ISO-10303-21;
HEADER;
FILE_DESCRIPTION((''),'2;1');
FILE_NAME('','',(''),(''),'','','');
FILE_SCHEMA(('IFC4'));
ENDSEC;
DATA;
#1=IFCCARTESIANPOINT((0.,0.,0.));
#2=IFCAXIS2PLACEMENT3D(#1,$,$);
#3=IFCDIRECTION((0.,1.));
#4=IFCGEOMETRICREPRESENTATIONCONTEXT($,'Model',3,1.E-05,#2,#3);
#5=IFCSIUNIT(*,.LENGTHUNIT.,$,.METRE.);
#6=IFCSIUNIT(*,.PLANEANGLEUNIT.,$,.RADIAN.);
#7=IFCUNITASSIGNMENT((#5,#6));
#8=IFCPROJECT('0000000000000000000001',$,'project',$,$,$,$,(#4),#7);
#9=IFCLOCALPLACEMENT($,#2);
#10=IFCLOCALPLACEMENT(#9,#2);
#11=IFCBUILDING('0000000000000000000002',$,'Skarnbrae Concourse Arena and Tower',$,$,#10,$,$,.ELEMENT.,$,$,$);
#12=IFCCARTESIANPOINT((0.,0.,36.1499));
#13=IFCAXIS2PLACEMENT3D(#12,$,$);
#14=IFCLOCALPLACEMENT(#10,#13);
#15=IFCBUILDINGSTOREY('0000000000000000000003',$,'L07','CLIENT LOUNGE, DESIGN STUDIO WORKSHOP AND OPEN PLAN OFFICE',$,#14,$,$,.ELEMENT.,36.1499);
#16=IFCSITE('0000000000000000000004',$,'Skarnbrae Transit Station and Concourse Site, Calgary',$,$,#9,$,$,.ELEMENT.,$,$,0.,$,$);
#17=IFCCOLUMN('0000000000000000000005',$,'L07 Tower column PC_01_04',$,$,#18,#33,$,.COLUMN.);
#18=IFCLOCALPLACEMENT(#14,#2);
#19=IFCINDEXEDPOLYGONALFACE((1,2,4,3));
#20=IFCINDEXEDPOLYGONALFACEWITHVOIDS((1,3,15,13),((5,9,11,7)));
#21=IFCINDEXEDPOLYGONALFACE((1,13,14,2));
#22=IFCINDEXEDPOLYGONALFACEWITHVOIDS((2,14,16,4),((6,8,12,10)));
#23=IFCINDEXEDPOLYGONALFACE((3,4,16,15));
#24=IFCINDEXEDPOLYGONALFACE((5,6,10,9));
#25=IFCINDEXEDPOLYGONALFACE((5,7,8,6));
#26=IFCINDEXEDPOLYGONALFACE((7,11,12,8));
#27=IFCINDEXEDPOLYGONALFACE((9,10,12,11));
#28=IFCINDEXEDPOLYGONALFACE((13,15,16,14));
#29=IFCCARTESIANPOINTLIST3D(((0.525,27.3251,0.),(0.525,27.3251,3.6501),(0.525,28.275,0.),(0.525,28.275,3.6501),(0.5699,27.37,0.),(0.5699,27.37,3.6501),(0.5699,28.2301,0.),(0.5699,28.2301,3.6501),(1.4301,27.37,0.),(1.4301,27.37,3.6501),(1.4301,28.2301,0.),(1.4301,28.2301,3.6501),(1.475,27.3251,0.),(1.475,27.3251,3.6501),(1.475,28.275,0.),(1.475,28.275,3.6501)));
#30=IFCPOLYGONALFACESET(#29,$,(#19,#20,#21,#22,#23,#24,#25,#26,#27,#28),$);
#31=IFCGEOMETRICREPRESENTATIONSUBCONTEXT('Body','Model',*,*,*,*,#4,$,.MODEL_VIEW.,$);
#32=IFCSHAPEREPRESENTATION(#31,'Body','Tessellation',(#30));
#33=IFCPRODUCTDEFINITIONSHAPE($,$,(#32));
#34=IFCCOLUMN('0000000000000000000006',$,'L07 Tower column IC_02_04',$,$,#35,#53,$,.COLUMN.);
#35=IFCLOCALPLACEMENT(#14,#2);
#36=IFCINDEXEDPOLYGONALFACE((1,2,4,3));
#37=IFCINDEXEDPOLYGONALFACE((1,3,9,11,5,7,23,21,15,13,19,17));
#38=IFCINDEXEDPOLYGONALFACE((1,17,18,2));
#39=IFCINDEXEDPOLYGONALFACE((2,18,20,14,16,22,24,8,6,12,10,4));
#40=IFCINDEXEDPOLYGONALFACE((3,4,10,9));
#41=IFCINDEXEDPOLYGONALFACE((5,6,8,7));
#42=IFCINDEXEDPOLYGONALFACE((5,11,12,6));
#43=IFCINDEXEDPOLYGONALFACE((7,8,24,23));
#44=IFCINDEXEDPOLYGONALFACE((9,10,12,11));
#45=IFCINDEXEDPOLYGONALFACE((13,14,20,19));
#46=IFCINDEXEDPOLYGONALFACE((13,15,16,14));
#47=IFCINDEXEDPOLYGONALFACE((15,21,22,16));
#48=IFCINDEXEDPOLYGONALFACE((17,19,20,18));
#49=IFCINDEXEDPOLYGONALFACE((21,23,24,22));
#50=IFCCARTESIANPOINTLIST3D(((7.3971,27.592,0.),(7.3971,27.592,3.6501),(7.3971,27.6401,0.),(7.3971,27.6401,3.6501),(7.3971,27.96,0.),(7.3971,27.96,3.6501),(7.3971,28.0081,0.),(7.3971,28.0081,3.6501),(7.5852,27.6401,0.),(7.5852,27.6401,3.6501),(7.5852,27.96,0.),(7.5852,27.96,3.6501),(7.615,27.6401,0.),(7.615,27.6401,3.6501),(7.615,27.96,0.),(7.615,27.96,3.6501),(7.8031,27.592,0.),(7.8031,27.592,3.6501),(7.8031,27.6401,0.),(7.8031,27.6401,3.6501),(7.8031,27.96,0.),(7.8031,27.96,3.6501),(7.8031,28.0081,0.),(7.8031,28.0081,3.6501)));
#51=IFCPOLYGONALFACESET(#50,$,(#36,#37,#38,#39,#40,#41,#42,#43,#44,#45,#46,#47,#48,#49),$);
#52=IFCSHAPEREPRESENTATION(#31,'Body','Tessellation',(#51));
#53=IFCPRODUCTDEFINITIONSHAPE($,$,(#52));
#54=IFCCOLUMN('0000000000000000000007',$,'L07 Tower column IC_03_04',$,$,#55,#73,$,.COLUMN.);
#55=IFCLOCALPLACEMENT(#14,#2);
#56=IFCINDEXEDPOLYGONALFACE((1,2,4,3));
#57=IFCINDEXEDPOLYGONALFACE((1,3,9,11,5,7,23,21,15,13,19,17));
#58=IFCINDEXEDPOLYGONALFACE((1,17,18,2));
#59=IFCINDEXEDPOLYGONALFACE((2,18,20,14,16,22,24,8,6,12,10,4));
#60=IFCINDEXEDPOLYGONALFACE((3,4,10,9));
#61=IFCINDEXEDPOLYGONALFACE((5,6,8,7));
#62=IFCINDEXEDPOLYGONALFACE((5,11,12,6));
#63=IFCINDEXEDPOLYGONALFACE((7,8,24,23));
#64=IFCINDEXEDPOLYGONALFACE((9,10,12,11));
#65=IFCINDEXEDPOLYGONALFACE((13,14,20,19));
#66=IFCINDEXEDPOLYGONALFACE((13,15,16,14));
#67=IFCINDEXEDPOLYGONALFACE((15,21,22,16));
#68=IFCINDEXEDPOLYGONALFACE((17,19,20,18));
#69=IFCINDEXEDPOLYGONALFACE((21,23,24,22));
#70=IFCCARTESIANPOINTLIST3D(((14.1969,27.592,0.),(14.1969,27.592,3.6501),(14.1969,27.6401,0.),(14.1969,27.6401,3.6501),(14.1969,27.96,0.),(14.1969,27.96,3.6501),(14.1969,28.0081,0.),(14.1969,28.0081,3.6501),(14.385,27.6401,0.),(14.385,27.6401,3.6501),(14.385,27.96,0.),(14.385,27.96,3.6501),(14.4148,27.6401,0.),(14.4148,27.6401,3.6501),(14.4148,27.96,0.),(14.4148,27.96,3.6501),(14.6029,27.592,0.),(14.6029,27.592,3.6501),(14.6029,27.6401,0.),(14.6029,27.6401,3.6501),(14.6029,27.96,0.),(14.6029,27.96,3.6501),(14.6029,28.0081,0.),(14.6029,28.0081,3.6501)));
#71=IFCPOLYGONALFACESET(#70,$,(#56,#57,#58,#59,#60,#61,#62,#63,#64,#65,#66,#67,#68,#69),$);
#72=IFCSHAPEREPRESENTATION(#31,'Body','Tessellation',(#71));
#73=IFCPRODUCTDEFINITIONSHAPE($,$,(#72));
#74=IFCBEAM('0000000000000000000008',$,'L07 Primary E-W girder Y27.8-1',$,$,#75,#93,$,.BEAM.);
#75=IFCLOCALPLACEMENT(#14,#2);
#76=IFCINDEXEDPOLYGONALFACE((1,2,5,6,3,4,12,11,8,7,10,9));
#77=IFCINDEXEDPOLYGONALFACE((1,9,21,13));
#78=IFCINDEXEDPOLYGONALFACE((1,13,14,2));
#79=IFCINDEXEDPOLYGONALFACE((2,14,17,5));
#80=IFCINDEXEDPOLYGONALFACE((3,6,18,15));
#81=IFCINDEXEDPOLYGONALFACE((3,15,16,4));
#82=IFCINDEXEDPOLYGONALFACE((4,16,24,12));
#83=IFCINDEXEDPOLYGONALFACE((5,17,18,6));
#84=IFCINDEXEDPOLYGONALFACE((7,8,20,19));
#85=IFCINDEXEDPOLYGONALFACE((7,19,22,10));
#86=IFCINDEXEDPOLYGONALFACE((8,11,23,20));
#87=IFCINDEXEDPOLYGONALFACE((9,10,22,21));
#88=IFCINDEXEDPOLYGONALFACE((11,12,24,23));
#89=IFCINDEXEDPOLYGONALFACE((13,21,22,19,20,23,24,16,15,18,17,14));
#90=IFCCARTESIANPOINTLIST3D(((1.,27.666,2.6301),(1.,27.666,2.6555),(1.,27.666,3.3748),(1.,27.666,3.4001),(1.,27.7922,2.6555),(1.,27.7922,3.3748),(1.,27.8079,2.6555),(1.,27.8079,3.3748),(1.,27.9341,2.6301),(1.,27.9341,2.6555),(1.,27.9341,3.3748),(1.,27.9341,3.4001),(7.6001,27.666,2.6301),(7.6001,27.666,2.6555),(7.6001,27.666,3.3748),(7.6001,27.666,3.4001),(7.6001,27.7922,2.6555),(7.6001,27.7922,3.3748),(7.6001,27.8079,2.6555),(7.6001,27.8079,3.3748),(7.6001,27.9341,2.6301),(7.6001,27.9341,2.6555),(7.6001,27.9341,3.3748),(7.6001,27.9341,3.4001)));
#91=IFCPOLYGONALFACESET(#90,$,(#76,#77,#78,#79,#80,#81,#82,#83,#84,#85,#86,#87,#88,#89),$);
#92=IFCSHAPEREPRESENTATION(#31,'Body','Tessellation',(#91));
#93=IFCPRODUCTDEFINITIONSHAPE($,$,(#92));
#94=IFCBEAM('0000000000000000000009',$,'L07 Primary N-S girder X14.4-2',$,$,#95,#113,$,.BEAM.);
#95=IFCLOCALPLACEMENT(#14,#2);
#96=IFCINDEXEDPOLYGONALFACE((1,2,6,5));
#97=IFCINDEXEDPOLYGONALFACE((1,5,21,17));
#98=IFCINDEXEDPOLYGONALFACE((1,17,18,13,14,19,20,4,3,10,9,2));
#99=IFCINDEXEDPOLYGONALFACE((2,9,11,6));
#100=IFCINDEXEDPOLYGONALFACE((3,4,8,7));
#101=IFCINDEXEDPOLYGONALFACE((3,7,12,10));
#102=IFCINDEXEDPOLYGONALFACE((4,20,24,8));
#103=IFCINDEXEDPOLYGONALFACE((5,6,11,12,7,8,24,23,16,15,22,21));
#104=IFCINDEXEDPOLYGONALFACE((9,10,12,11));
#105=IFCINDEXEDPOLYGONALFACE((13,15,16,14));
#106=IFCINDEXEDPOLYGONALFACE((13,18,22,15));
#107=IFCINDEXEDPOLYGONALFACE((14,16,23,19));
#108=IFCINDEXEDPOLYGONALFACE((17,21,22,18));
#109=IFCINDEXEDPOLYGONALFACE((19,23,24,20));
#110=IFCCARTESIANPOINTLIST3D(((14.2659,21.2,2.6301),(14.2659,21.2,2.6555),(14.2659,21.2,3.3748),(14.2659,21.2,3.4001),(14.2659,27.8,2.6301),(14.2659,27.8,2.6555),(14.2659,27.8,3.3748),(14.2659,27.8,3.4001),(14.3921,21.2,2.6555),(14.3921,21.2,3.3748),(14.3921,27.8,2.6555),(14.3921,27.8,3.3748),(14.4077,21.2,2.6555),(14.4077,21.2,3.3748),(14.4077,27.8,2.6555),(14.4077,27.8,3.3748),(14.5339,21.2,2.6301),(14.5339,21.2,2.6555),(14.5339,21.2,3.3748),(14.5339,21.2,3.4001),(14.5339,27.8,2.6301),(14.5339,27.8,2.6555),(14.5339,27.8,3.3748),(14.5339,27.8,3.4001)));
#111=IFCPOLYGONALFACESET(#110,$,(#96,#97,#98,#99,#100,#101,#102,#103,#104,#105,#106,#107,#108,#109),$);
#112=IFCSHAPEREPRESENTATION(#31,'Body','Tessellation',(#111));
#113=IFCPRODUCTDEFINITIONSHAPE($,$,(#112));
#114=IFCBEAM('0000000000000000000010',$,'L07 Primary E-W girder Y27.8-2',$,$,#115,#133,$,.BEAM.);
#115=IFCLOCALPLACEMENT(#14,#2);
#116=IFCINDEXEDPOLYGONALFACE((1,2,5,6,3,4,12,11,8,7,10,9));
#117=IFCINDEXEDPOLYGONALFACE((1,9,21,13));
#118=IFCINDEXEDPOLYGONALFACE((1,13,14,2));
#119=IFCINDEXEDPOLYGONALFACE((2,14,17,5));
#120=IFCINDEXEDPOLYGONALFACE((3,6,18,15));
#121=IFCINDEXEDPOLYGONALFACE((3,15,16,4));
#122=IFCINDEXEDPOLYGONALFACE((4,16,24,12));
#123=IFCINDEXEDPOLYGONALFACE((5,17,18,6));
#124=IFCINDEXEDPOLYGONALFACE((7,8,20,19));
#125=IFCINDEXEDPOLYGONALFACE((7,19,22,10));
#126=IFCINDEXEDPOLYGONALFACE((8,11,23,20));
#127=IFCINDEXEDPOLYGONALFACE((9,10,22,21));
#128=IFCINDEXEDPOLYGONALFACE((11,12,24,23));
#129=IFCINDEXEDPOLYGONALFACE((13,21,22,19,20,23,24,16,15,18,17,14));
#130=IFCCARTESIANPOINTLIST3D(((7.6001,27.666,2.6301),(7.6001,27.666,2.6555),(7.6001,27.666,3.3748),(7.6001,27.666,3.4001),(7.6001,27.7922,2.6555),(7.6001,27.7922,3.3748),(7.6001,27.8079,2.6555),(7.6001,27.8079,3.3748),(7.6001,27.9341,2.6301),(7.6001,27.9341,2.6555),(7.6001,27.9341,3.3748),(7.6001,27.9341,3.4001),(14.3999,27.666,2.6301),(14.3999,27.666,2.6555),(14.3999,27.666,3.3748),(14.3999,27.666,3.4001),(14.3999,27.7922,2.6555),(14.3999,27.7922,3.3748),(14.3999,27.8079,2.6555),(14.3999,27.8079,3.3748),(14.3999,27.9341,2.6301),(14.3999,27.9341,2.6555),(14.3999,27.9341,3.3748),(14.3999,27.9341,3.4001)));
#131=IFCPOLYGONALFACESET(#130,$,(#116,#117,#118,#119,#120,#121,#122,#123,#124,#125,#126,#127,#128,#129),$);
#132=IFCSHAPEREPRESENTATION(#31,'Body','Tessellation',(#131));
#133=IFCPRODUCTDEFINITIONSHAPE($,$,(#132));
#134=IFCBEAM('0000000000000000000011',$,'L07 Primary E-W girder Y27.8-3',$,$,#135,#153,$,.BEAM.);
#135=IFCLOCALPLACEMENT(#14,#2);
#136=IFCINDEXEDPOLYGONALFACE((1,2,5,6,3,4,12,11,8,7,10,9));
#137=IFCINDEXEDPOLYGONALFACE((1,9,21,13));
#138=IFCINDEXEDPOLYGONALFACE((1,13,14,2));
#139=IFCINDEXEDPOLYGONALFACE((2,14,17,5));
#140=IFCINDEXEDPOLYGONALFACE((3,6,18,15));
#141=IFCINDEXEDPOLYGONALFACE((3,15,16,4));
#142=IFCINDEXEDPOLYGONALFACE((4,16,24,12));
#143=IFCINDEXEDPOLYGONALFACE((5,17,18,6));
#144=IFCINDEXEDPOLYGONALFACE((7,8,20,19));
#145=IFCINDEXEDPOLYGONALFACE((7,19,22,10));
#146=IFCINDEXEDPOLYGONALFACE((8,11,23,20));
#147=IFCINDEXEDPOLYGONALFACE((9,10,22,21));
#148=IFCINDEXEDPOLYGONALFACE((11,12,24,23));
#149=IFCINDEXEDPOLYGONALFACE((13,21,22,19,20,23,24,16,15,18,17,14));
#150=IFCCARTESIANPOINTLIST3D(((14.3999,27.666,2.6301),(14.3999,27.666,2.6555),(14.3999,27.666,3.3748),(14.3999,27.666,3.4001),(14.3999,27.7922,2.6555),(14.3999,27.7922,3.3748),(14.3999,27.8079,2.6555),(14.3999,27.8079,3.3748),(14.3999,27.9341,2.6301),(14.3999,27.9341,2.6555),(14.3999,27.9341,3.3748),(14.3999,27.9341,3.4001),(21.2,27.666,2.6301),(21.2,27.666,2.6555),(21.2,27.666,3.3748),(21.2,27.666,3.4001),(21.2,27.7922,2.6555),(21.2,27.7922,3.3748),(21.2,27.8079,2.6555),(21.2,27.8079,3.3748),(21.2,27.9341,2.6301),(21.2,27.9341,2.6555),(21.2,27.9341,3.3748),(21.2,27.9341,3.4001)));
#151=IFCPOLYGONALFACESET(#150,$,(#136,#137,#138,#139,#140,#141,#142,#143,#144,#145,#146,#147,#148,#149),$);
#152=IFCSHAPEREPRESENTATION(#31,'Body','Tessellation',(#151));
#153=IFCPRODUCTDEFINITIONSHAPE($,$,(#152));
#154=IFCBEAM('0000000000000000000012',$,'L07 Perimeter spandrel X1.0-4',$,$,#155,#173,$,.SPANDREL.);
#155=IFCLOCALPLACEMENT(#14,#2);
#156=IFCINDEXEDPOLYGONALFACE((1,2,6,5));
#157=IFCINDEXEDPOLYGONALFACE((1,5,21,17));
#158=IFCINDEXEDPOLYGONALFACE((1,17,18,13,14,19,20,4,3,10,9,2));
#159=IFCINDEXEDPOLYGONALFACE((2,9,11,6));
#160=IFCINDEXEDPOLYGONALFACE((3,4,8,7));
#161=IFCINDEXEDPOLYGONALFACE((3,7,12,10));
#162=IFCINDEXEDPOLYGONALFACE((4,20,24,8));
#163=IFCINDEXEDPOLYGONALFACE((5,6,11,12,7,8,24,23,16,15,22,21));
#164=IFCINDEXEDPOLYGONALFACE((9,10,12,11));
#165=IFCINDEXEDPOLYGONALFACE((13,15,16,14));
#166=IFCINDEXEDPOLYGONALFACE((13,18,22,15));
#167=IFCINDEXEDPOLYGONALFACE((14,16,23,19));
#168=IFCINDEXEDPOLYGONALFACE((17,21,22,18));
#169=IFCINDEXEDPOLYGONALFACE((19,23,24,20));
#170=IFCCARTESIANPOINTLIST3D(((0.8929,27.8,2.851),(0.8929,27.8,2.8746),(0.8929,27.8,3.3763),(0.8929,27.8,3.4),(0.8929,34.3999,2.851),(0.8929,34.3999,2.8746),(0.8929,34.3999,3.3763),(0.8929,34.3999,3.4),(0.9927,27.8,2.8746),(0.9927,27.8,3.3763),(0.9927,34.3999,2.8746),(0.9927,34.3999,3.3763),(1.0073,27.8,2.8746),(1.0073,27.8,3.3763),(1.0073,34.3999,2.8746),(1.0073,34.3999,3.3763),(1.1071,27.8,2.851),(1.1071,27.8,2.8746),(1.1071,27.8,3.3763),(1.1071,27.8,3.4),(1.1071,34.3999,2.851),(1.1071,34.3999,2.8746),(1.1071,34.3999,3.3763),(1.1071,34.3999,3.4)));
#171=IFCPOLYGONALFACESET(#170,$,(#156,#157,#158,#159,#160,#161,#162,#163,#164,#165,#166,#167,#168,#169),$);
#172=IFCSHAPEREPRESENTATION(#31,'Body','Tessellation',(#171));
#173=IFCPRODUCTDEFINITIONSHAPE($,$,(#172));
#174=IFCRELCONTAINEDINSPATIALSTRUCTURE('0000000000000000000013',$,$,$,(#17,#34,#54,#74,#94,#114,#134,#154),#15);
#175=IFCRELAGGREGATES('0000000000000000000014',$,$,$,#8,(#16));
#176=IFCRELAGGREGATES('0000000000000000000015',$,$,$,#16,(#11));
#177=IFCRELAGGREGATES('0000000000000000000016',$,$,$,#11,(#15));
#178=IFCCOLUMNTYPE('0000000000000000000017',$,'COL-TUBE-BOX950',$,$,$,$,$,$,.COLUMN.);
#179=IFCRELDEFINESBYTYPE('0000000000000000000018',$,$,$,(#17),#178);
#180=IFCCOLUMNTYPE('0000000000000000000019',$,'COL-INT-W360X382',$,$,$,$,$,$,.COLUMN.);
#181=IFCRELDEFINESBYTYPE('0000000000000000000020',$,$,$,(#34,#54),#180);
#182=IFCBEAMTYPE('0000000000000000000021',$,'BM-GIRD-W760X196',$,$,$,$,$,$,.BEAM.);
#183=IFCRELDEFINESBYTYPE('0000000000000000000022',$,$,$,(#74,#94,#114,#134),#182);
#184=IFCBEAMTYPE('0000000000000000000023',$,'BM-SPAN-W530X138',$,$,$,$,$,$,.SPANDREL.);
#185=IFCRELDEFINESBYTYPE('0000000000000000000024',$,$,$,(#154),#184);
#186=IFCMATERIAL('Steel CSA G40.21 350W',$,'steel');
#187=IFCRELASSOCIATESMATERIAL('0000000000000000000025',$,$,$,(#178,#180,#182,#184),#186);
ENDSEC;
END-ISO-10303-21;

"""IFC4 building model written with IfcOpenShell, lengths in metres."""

from ifc_helpers import new_model, si_unit, direction, frame, origin, origin_2d, place, context, subcontext, project, spatial, hollow_rectangle, i_section, extrude, source, transform, mapped, material, material_profile, profile_set, type_object, element, save


model = new_model("IFC4")

# Units and contexts
model_context = context("Model", 3, precision=1e-05, world=origin(), true_north=direction((0.0, 1.0)))
body_context = subcontext(model_context, "Body", "Model", "MODEL_VIEW")
ifc_project = project(units=[si_unit("LENGTHUNIT", "METRE"), si_unit("PLANEANGLEUNIT", "RADIAN")], contexts=[model_context])

# Site, building, storey
site_placement = place(None, origin())
site = spatial("IfcSite", under=ifc_project, at=site_placement, Name="Skarnbrae Transit Station and Concourse Site, Calgary", CompositionType="ELEMENT", RefElevation=0.0)
building_placement = place(site_placement, origin())
building = spatial("IfcBuilding", under=site, at=building_placement, Name="Skarnbrae Concourse Arena and Tower", CompositionType="ELEMENT")
storey_placement = place(building_placement, frame((0.0, 0.0, 36.1499)))
storey = spatial("IfcBuildingStorey", under=building, at=storey_placement, Name="L07", Description="CLIENT LOUNGE, DESIGN STUDIO WORKSHOP AND OPEN PLAN OFFICE", CompositionType="ELEMENT", Elevation=36.1499)

# Columns
ifc_material_1 = material(Name="Steel CSA G40.21 350W", Category="steel")
ifc_material_profile_1 = material_profile(ifc_material_1, hollow_rectangle(XDim=0.95, YDim=0.95, WallThickness=0.0449, at=origin_2d()), Name="BOX950X950X45")
ifc_profile_set_1 = profile_set([ifc_material_profile_1], Name="Steel CSA G40.21 350W")
column_type_1 = type_object("IfcColumnType", Name="COL-TUBE-BOX950", PredefinedType="COLUMN", material=ifc_profile_set_1)
shared_shape_1 = source(origin(), body_context, "Body", "SweptSolid", [
    extrude(hollow_rectangle(XDim=0.95, YDim=0.95, WallThickness=0.0449, at=origin_2d()), origin(), (0.0, 0.0, 1.0), 3.6501),
])
column_placement = place(storey_placement, frame((1.0, 27.8, 0.0), z_axis=(0.0, 0.0, 1.0), x_axis=(1.0, 0.0, 0.0)))
element("IfcColumn", 1, at=column_placement, inside=storey, type_object=column_type_1, Name="L07 Tower column PC_01_04", PredefinedType="COLUMN", context=body_context, shape_type="MappedRepresentation", body=[
    mapped(shared_shape_1, transform((0.0, 0.0, 0.0))),
])
ifc_material_profile_2 = material_profile(ifc_material_1, i_section(OverallWidth=0.406, OverallDepth=0.416, WebThickness=0.0298, FlangeThickness=0.0481, at=origin_2d()), Name="W360X382")
ifc_profile_set_2 = profile_set([ifc_material_profile_2], Name="Steel CSA G40.21 350W")
column_type_2 = type_object("IfcColumnType", Name="COL-INT-W360X382", PredefinedType="COLUMN", material=ifc_profile_set_2)
shared_shape_2 = source(origin(), body_context, "Body", "SweptSolid", [
    extrude(i_section(OverallWidth=0.406, OverallDepth=0.416, WebThickness=0.0298, FlangeThickness=0.0481, at=origin_2d()), origin(), (0.0, 0.0, 1.0), 3.6501),
])
for number, where, z_axis, x_axis, name in (
    (2, (7.6001, 27.8, 0.0), (0.0, 0.0, 1.0), (1.0, 0.0, 0.0), "L07 Tower column IC_02_04"),
    (3, (14.3999, 27.8, 0.0), (0.0, 0.0, 1.0), (1.0, 0.0, 0.0), "L07 Tower column IC_03_04"),
):
    element("IfcColumn", number, at=place(storey_placement, frame(where, z_axis=z_axis, x_axis=x_axis)), inside=storey, type_object=column_type_2, Name=name, PredefinedType="COLUMN", context=body_context, shape_type="MappedRepresentation", body=[
        mapped(shared_shape_2, transform((0.0, 0.0, 0.0))),
    ])

# Beams
ifc_material_profile_3 = material_profile(ifc_material_1, i_section(OverallWidth=0.2681, OverallDepth=0.77, WebThickness=0.0156, FlangeThickness=0.0254, at=origin_2d()), Name="W760X196")
ifc_profile_set_3 = profile_set([ifc_material_profile_3], Name="Steel CSA G40.21 350W")
beam_type_1 = type_object("IfcBeamType", Name="BM-GIRD-W760X196", PredefinedType="BEAM", material=ifc_profile_set_3)
shared_shape_3 = source(origin(), body_context, "Body", "SweptSolid", [
    extrude(i_section(OverallWidth=0.2681, OverallDepth=0.77, WebThickness=0.0156, FlangeThickness=0.0254, at=origin_2d()), origin(), (0.0, 0.0, 1.0), 6.6001),
])
for number, where, z_axis, x_axis, name in (
    (4, (1.0, 27.8, 3.0151), (1.0, 0.0, 0.0), (0.0, 1.0, 0.0), "L07 Primary E-W girder Y27.8-1"),
    (5, (14.3999, 21.2, 3.0151), (0.0, 1.0, 0.0), (-1.0, 0.0, 0.0), "L07 Primary N-S girder X14.4-2"),
):
    element("IfcBeam", number, at=place(storey_placement, frame(where, z_axis=z_axis, x_axis=x_axis)), inside=storey, type_object=beam_type_1, Name=name, PredefinedType="BEAM", context=body_context, shape_type="MappedRepresentation", body=[
        mapped(shared_shape_3, transform((0.0, 0.0, 0.0))),
    ])
shared_shape_4 = source(origin(), body_context, "Body", "SweptSolid", [
    extrude(i_section(OverallWidth=0.2681, OverallDepth=0.77, WebThickness=0.0156, FlangeThickness=0.0254, at=origin_2d()), origin(), (0.0, 0.0, 1.0), 6.7998),
])
beam_1_placement = place(storey_placement, frame((7.6001, 27.8, 3.0151), z_axis=(1.0, 0.0, 0.0), x_axis=(0.0, 1.0, 0.0)))
element("IfcBeam", 6, at=beam_1_placement, inside=storey, type_object=beam_type_1, Name="L07 Primary E-W girder Y27.8-2", PredefinedType="BEAM", context=body_context, shape_type="MappedRepresentation", body=[
    mapped(shared_shape_4, transform((0.0, 0.0, 0.0))),
])
shared_shape_5 = source(origin(), body_context, "Body", "SweptSolid", [
    extrude(i_section(OverallWidth=0.2681, OverallDepth=0.77, WebThickness=0.0156, FlangeThickness=0.0254, at=origin_2d()), origin(), (0.0, 0.0, 1.0), 6.8),
])
beam_2_placement = place(storey_placement, frame((14.3999, 27.8, 3.0151), z_axis=(1.0, 0.0, 0.0), x_axis=(0.0, 1.0, 0.0)))
element("IfcBeam", 7, at=beam_2_placement, inside=storey, type_object=beam_type_1, Name="L07 Primary E-W girder Y27.8-3", PredefinedType="BEAM", context=body_context, shape_type="MappedRepresentation", body=[
    mapped(shared_shape_5, transform((0.0, 0.0, 0.0))),
])
ifc_material_profile_4 = material_profile(ifc_material_1, i_section(OverallWidth=0.2141, OverallDepth=0.5491, WebThickness=0.0146, FlangeThickness=0.0237, at=origin_2d()), Name="W530X138")
ifc_profile_set_4 = profile_set([ifc_material_profile_4], Name="Steel CSA G40.21 350W")
beam_type_2 = type_object("IfcBeamType", Name="BM-SPAN-W530X138", PredefinedType="SPANDREL", material=ifc_profile_set_4)
shared_shape_6 = source(origin(), body_context, "Body", "SweptSolid", [
    extrude(i_section(OverallWidth=0.2141, OverallDepth=0.5491, WebThickness=0.0146, FlangeThickness=0.0237, at=origin_2d()), origin(), (0.0, 0.0, 1.0), 6.5999),
])
beam_3_placement = place(storey_placement, frame((1.0, 27.8, 3.1255), z_axis=(0.0, 1.0, 0.0), x_axis=(-1.0, 0.0, 0.0)))
element("IfcBeam", 8, at=beam_3_placement, inside=storey, type_object=beam_type_2, Name="L07 Perimeter spandrel X1.0-4", PredefinedType="SPANDREL", context=body_context, shape_type="MappedRepresentation", body=[
    mapped(shared_shape_6, transform((0.0, 0.0, 0.0))),
])

save(model, "model.ifc")
